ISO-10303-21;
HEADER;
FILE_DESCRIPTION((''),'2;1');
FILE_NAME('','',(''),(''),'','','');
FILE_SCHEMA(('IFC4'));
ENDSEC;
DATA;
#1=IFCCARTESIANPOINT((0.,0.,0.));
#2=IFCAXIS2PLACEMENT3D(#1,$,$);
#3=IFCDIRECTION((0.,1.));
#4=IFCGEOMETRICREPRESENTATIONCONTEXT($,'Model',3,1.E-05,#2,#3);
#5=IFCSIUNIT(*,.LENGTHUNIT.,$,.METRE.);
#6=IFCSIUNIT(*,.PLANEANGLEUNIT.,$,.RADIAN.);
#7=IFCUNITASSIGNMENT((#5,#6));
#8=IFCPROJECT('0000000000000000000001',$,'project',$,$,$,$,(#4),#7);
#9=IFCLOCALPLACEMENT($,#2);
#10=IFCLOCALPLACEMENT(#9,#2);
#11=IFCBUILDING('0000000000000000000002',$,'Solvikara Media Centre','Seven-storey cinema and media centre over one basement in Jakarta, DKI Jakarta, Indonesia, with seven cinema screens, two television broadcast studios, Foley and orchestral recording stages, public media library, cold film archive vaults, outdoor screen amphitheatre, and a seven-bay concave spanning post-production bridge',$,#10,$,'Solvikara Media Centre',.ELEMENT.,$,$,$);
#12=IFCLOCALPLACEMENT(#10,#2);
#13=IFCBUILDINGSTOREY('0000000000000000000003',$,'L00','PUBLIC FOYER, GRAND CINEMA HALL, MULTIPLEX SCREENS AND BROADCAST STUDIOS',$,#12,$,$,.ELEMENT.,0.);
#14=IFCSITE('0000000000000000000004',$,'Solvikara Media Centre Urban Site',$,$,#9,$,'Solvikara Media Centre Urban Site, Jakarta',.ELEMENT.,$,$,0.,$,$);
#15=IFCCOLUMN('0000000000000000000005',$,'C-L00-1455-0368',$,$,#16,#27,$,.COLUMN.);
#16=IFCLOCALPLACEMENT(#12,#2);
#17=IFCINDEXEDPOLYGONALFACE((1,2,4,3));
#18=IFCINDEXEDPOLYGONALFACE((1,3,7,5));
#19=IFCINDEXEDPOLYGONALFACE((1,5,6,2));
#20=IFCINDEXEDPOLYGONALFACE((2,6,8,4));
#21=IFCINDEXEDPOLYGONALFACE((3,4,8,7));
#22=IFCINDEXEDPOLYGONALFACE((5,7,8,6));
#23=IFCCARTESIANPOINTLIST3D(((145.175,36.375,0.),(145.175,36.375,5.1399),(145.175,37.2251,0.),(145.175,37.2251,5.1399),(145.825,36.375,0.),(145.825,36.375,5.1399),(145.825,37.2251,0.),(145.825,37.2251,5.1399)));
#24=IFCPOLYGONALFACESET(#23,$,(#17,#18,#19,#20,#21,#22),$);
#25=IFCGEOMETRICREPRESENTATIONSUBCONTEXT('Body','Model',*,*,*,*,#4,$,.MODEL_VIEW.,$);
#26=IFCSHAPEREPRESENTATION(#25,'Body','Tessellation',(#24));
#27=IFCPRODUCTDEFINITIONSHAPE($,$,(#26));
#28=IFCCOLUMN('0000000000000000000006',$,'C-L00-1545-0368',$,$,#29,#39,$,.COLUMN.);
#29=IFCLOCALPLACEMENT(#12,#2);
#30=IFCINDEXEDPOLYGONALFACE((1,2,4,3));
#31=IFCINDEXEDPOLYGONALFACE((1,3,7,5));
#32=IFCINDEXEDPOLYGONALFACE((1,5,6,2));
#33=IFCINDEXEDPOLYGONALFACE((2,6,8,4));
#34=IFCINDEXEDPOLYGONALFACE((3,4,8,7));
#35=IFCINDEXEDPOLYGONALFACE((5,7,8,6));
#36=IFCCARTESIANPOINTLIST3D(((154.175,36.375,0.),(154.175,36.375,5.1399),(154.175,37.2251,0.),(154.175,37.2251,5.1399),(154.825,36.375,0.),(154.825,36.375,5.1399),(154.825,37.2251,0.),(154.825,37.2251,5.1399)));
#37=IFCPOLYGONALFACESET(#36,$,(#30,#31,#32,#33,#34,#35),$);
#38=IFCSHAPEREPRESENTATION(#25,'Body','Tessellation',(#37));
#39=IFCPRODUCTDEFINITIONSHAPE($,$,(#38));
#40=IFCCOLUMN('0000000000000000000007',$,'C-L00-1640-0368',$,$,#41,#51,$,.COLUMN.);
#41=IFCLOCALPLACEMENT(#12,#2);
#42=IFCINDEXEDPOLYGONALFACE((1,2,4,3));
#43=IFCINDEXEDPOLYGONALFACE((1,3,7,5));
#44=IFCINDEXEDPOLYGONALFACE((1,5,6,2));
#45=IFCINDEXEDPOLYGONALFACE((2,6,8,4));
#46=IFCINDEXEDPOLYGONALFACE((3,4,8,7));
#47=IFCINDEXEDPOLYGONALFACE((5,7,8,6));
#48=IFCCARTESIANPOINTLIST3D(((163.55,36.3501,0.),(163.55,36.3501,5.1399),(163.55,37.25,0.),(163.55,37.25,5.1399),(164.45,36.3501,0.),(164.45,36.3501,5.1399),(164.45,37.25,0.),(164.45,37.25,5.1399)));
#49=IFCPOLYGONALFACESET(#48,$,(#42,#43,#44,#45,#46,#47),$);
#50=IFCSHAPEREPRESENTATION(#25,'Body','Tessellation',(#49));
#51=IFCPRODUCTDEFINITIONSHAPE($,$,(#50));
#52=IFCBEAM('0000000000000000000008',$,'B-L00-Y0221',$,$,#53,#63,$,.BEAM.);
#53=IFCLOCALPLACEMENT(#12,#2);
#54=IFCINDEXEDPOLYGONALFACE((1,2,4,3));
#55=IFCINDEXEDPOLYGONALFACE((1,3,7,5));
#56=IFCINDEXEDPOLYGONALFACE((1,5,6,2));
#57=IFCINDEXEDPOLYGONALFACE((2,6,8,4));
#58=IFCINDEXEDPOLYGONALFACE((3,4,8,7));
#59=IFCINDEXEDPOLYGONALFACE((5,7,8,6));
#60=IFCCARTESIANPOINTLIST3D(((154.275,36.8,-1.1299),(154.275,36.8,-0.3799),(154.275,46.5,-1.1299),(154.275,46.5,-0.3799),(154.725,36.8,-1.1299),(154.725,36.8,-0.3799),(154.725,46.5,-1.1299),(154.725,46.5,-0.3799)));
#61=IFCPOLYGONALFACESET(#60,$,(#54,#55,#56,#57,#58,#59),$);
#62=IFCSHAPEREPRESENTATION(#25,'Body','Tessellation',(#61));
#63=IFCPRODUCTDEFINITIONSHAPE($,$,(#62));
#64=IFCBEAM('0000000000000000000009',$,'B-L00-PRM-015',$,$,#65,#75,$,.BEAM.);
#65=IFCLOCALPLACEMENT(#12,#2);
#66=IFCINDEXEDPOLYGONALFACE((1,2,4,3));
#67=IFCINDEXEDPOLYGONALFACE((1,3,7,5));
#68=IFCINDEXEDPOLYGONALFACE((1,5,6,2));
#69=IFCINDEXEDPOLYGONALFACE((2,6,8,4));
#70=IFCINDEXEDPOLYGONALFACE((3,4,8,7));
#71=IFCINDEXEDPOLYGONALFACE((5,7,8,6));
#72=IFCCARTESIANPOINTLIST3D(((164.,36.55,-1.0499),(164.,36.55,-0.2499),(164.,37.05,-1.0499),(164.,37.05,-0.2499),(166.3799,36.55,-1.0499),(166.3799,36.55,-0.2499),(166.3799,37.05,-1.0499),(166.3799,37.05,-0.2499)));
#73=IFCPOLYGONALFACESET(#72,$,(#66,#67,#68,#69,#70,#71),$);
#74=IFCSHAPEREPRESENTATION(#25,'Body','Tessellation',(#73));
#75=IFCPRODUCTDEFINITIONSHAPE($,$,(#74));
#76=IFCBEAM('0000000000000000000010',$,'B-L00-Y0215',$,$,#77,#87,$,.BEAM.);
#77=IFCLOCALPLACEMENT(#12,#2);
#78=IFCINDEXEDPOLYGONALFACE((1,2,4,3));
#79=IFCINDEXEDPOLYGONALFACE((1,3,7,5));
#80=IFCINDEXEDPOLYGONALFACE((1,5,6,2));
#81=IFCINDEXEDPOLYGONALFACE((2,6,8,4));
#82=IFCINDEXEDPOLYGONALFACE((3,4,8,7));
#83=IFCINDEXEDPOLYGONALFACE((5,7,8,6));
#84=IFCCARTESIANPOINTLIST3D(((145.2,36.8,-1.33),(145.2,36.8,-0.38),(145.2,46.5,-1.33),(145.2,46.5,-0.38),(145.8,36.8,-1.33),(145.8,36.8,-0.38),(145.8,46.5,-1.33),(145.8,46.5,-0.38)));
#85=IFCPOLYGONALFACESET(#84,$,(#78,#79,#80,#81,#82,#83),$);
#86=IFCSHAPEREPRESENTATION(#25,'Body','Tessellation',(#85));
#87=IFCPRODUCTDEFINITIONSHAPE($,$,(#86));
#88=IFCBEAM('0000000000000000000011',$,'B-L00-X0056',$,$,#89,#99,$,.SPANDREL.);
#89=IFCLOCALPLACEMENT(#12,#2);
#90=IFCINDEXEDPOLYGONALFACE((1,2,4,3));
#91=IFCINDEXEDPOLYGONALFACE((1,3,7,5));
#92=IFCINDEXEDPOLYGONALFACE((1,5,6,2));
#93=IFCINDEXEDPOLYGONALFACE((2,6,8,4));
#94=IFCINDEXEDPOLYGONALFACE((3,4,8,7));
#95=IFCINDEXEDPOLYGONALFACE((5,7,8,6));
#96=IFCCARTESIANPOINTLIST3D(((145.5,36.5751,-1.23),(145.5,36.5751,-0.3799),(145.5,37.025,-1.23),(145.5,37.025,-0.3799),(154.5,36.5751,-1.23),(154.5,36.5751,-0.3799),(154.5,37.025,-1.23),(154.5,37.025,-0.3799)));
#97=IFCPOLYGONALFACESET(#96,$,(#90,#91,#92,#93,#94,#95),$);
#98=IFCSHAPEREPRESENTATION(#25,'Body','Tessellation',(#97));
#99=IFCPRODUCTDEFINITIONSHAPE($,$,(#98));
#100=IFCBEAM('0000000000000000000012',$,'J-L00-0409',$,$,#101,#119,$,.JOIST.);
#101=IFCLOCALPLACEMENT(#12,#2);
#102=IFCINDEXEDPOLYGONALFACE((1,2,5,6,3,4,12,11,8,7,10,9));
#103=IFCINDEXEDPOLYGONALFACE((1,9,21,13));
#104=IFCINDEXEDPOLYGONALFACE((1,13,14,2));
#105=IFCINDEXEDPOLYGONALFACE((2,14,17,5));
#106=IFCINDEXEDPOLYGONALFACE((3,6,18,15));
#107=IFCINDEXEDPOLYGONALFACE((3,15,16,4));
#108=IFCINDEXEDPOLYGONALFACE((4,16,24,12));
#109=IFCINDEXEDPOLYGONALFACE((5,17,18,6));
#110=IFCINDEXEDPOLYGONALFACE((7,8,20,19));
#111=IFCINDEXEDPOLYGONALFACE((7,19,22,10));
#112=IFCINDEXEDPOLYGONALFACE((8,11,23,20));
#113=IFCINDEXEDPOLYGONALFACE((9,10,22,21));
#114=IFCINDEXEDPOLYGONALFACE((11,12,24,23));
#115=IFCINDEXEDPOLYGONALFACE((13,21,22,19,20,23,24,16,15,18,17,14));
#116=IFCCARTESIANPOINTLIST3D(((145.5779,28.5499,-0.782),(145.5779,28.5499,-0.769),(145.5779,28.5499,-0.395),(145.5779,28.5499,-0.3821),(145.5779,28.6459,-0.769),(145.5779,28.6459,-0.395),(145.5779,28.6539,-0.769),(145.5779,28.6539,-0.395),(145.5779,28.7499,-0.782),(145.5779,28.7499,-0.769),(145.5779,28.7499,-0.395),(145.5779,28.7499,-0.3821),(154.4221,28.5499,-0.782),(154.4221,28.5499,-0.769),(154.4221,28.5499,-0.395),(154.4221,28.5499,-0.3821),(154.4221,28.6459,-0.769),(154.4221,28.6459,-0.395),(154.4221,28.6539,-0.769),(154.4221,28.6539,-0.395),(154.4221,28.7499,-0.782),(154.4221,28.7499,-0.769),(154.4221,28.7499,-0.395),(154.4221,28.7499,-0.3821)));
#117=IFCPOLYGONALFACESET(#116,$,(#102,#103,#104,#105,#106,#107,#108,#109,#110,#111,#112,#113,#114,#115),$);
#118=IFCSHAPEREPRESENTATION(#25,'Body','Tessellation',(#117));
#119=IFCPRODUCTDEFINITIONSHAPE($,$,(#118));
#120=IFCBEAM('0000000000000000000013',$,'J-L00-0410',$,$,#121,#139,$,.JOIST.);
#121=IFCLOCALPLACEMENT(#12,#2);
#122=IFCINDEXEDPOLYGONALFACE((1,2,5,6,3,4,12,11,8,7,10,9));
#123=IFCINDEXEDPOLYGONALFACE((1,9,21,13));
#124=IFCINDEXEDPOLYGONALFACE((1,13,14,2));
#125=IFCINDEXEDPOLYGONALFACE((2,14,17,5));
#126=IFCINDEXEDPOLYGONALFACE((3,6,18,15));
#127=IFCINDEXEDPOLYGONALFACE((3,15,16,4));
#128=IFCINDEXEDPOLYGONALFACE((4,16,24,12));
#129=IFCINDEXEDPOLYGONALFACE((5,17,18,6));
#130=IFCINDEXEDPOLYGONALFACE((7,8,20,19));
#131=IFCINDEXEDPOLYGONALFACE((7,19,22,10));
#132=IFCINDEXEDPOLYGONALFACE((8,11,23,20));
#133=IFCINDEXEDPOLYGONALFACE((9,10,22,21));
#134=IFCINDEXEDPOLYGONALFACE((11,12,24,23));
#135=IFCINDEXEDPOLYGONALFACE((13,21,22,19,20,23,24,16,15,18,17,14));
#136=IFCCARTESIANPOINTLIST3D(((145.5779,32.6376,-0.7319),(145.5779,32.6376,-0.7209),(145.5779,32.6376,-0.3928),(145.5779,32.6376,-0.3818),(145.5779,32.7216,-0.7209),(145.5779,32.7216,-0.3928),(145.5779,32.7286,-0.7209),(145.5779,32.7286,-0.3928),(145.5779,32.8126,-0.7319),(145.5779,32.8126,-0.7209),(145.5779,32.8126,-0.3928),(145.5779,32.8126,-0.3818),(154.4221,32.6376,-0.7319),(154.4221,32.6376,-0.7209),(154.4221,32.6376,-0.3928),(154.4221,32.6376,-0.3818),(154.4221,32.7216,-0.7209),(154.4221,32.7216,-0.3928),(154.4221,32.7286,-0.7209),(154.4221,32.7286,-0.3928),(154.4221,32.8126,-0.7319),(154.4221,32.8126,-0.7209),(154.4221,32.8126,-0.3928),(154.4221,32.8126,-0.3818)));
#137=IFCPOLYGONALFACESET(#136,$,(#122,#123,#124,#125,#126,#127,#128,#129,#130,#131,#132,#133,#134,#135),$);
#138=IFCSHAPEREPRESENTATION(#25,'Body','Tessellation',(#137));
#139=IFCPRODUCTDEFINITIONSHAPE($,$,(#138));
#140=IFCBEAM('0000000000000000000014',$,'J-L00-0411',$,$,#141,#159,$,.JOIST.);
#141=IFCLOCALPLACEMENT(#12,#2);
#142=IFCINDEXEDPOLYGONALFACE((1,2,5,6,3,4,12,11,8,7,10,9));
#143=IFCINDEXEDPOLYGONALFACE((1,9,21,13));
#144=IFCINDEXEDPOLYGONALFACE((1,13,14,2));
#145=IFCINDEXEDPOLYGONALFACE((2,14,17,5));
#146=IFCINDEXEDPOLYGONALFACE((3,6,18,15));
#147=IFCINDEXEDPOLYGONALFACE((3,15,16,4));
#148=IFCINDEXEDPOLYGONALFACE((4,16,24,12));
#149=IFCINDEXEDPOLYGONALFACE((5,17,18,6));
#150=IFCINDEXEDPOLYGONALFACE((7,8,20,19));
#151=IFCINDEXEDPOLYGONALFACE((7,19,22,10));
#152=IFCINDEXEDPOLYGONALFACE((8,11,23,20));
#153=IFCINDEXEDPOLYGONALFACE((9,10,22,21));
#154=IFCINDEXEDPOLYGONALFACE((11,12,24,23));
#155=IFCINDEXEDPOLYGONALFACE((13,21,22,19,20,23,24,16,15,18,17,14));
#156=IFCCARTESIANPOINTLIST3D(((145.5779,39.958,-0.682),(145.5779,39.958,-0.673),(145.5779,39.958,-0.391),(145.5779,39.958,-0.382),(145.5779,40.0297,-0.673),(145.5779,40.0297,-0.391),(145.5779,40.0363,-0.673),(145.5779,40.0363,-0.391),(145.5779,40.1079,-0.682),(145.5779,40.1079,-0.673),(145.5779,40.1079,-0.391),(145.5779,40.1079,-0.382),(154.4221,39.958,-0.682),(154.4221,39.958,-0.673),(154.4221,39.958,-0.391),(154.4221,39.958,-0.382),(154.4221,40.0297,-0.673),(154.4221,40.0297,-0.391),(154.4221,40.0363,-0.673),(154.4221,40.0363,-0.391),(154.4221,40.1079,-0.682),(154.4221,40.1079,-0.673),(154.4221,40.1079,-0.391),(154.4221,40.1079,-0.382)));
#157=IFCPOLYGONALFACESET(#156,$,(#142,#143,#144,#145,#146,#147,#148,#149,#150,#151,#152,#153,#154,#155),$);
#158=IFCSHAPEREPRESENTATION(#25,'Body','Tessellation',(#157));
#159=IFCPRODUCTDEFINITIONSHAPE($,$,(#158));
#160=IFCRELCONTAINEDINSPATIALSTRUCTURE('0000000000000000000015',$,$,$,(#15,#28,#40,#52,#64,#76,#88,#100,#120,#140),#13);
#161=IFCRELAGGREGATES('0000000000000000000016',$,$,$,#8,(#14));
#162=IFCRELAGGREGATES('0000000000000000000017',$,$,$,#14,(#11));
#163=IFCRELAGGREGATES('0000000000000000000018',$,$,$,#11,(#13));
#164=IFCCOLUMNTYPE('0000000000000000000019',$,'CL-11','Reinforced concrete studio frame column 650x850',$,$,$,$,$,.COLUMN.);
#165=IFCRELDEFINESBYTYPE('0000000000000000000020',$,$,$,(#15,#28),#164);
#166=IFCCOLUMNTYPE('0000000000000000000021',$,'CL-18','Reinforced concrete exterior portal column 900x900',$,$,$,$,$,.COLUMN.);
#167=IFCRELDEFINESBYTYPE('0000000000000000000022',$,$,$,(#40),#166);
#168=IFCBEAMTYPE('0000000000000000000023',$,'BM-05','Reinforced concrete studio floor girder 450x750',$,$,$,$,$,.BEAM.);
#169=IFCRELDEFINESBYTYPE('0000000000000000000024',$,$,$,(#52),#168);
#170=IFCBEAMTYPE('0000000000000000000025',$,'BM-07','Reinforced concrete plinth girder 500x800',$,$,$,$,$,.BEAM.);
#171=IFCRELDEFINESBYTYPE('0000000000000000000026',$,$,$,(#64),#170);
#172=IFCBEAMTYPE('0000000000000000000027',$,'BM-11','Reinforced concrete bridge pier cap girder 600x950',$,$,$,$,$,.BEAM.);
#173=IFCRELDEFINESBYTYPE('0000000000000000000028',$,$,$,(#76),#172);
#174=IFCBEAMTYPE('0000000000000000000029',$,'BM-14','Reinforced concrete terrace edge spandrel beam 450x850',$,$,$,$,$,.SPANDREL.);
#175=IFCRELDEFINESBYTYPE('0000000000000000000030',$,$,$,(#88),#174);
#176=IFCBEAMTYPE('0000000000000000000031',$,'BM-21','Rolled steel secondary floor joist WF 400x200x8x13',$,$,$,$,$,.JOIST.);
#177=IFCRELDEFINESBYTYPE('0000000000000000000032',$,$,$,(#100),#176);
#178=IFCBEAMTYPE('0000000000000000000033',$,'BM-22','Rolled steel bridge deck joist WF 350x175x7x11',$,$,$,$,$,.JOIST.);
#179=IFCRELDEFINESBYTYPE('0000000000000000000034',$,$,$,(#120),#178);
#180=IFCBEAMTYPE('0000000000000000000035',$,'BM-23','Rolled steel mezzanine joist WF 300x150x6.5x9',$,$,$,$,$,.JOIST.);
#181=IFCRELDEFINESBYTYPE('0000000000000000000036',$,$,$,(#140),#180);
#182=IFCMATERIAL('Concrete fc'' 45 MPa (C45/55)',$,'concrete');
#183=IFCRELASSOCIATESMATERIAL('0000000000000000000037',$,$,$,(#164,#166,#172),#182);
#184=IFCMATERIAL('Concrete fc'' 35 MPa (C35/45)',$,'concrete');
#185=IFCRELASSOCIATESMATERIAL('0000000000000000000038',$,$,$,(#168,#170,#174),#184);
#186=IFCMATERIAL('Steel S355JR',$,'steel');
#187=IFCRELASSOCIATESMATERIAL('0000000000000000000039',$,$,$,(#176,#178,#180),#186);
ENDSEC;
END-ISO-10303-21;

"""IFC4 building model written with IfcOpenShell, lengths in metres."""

from ifc_helpers import new_model, si_unit, direction, frame, origin, origin_2d, place, context, subcontext, project, spatial, rectangle, i_section, extrude, material, material_profile, profile_set, type_object, element, save


model = new_model("IFC4")

# Units and contexts
model_context = context("Model", 3, precision=1e-05, world=origin(), true_north=direction((0.0, 1.0)))
body_context = subcontext(model_context, "Body", "Model", "MODEL_VIEW")
ifc_project = project(units=[si_unit("LENGTHUNIT", "METRE"), si_unit("PLANEANGLEUNIT", "RADIAN")], contexts=[model_context])

# Site, building, storey
site_placement = place(None, origin())
site = spatial("IfcSite", under=ifc_project, at=site_placement, Name="Solvikara Media Centre Urban Site", LongName="Solvikara Media Centre Urban Site, Jakarta", CompositionType="ELEMENT", RefElevation=0.0)
building_placement = place(site_placement, origin())
building = spatial("IfcBuilding", under=site, at=building_placement, Name="Solvikara Media Centre", Description="Seven-storey cinema and media centre over one basement in Jakarta, DKI Jakarta, Indonesia, with seven cinema screens, two television broadcast studios, Foley and orchestral recording stages, public media library, cold film archive vaults, outdoor screen amphitheatre, and a seven-bay concave spanning post-production bridge", LongName="Solvikara Media Centre", CompositionType="ELEMENT")
storey_placement = place(building_placement, origin())
storey = spatial("IfcBuildingStorey", under=building, at=storey_placement, Name="L00", Description="PUBLIC FOYER, GRAND CINEMA HALL, MULTIPLEX SCREENS AND BROADCAST STUDIOS", CompositionType="ELEMENT", Elevation=0.0)

# Columns
ifc_material_1 = material(Name="Concrete fc' 45 MPa (C45/55)", Category="concrete")
ifc_material_profile_1 = material_profile(ifc_material_1, rectangle(XDim=0.6499, YDim=0.8501, at=origin_2d()), Name="RC 650x850")
ifc_profile_set_1 = profile_set([ifc_material_profile_1], Name="Concrete fc' 45 MPa (C45/55)")
column_type_1 = type_object("IfcColumnType", Name="CL-11", Description="Reinforced concrete studio frame column 650x850", PredefinedType="COLUMN", material=ifc_profile_set_1)
for number, where, z_axis, x_axis, name in (
    (1, (145.5, 36.8, 0.0), (0.0, 0.0, 1.0), (1.0, 0.0, 0.0), "C-L00-1455-0368"),
    (2, (154.5, 36.8, 0.0), (0.0, 0.0, 1.0), (1.0, 0.0, 0.0), "C-L00-1545-0368"),
):
    element("IfcColumn", number, at=place(storey_placement, frame(where, z_axis=z_axis, x_axis=x_axis)), inside=storey, type_object=column_type_1, Name=name, PredefinedType="COLUMN", context=body_context, shape_type="SweptSolid", body=[
        extrude(rectangle(XDim=0.6499, YDim=0.8501, at=origin_2d()), origin(), (0.0, 0.0, 1.0), 5.1399),
    ])
ifc_material_profile_2 = material_profile(ifc_material_1, rectangle(XDim=0.8999, YDim=0.8999, at=origin_2d()), Name="RC 900x900")
ifc_profile_set_2 = profile_set([ifc_material_profile_2], Name="Concrete fc' 45 MPa (C45/55)")
column_type_2 = type_object("IfcColumnType", Name="CL-18", Description="Reinforced concrete exterior portal column 900x900", PredefinedType="COLUMN", material=ifc_profile_set_2)
column_placement = place(storey_placement, frame((164.0, 36.8, 0.0), z_axis=(0.0, 0.0, 1.0), x_axis=(1.0, 0.0, 0.0)))
element("IfcColumn", 3, at=column_placement, inside=storey, type_object=column_type_2, Name="C-L00-1640-0368", PredefinedType="COLUMN", context=body_context, shape_type="SweptSolid", body=[
    extrude(rectangle(XDim=0.8999, YDim=0.8999, at=origin_2d()), origin(), (0.0, 0.0, 1.0), 5.1399),
])

# Beams
ifc_material_2 = material(Name="Concrete fc' 35 MPa (C35/45)", Category="concrete")
ifc_material_profile_3 = material_profile(ifc_material_2, rectangle(XDim=0.45, YDim=0.75, at=origin_2d()), Name="RC 450x750")
ifc_profile_set_3 = profile_set([ifc_material_profile_3], Name="Concrete fc' 35 MPa (C35/45)")
beam_type_1 = type_object("IfcBeamType", Name="BM-05", Description="Reinforced concrete studio floor girder 450x750", PredefinedType="BEAM", material=ifc_profile_set_3)
beam_1_placement = place(storey_placement, frame((154.5, 36.8, -0.7549), z_axis=(0.0, 1.0, 0.0), x_axis=(-1.0, 0.0, 0.0)))
element("IfcBeam", 4, at=beam_1_placement, inside=storey, type_object=beam_type_1, Name="B-L00-Y0221", PredefinedType="BEAM", context=body_context, shape_type="SweptSolid", body=[
    extrude(rectangle(XDim=0.45, YDim=0.75, at=origin_2d()), origin(), (0.0, 0.0, 1.0), 9.7),
])
ifc_material_profile_4 = material_profile(ifc_material_2, rectangle(XDim=0.5, YDim=0.8, at=origin_2d()), Name="RC 500x800")
ifc_profile_set_4 = profile_set([ifc_material_profile_4], Name="Concrete fc' 35 MPa (C35/45)")
beam_type_2 = type_object("IfcBeamType", Name="BM-07", Description="Reinforced concrete plinth girder 500x800", PredefinedType="BEAM", material=ifc_profile_set_4)
beam_2_placement = place(storey_placement, frame((164.0, 36.8, -0.6499), z_axis=(1.0, 0.0, 0.0), x_axis=(0.0, 1.0, 0.0)))
element("IfcBeam", 5, at=beam_2_placement, inside=storey, type_object=beam_type_2, Name="B-L00-PRM-015", PredefinedType="BEAM", context=body_context, shape_type="SweptSolid", body=[
    extrude(rectangle(XDim=0.5, YDim=0.8, at=origin_2d()), origin(), (0.0, 0.0, 1.0), 2.3799),
])
ifc_material_profile_5 = material_profile(ifc_material_1, rectangle(XDim=0.6001, YDim=0.95, at=origin_2d()), Name="RC 600x950")
ifc_profile_set_5 = profile_set([ifc_material_profile_5], Name="Concrete fc' 45 MPa (C45/55)")
beam_type_3 = type_object("IfcBeamType", Name="BM-11", Description="Reinforced concrete bridge pier cap girder 600x950", PredefinedType="BEAM", material=ifc_profile_set_5)
beam_3_placement = place(storey_placement, frame((145.5, 36.8, -0.855), z_axis=(0.0, 1.0, 0.0), x_axis=(-1.0, 0.0, 0.0)))
element("IfcBeam", 6, at=beam_3_placement, inside=storey, type_object=beam_type_3, Name="B-L00-Y0215", PredefinedType="BEAM", context=body_context, shape_type="SweptSolid", body=[
    extrude(rectangle(XDim=0.6001, YDim=0.95, at=origin_2d()), origin(), (0.0, 0.0, 1.0), 9.7),
])
ifc_material_profile_6 = material_profile(ifc_material_2, rectangle(XDim=0.45, YDim=0.8501, at=origin_2d()), Name="RC 450x850")
ifc_profile_set_6 = profile_set([ifc_material_profile_6], Name="Concrete fc' 35 MPa (C35/45)")
beam_type_4 = type_object("IfcBeamType", Name="BM-14", Description="Reinforced concrete terrace edge spandrel beam 450x850", PredefinedType="SPANDREL", material=ifc_profile_set_6)
beam_4_placement = place(storey_placement, frame((145.5, 36.8, -0.8049), z_axis=(1.0, 0.0, 0.0), x_axis=(0.0, 1.0, 0.0)))
element("IfcBeam", 7, at=beam_4_placement, inside=storey, type_object=beam_type_4, Name="B-L00-X0056", PredefinedType="SPANDREL", context=body_context, shape_type="SweptSolid", body=[
    extrude(rectangle(XDim=0.45, YDim=0.8501, at=origin_2d()), origin(), (0.0, 0.0, 1.0), 9.0),
])
ifc_material_3 = material(Name="Steel S355JR", Category="steel")
ifc_material_profile_7 = material_profile(ifc_material_3, i_section(OverallWidth=0.2, OverallDepth=0.3999, WebThickness=0.0081, FlangeThickness=0.0129, at=origin_2d()), Name="WF 400x200x8x13")
ifc_profile_set_7 = profile_set([ifc_material_profile_7], Name="Steel S355JR")
beam_type_5 = type_object("IfcBeamType", Name="BM-21", Description="Rolled steel secondary floor joist WF 400x200x8x13", PredefinedType="JOIST", material=ifc_profile_set_7)
beam_5_placement = place(storey_placement, frame((145.5779, 28.6499, -0.582), z_axis=(1.0, 0.0, 0.0), x_axis=(0.0, 1.0, 0.0)))
element("IfcBeam", 8, at=beam_5_placement, inside=storey, type_object=beam_type_5, Name="J-L00-0409", PredefinedType="JOIST", context=body_context, shape_type="SweptSolid", body=[
    extrude(i_section(OverallWidth=0.2, OverallDepth=0.3999, WebThickness=0.0081, FlangeThickness=0.0129, at=origin_2d()), origin(), (0.0, 0.0, 1.0), 8.8442),
])
ifc_material_profile_8 = material_profile(ifc_material_3, i_section(OverallWidth=0.175, OverallDepth=0.3501, WebThickness=0.0071, FlangeThickness=0.011, at=origin_2d()), Name="WF 350x175x7x11")
ifc_profile_set_8 = profile_set([ifc_material_profile_8], Name="Steel S355JR")
beam_type_6 = type_object("IfcBeamType", Name="BM-22", Description="Rolled steel bridge deck joist WF 350x175x7x11", PredefinedType="JOIST", material=ifc_profile_set_8)
beam_6_placement = place(storey_placement, frame((145.5779, 32.7251, -0.5569), z_axis=(1.0, 0.0, 0.0), x_axis=(0.0, 1.0, 0.0)))
element("IfcBeam", 9, at=beam_6_placement, inside=storey, type_object=beam_type_6, Name="J-L00-0410", PredefinedType="JOIST", context=body_context, shape_type="SweptSolid", body=[
    extrude(i_section(OverallWidth=0.175, OverallDepth=0.3501, WebThickness=0.0071, FlangeThickness=0.011, at=origin_2d()), origin(), (0.0, 0.0, 1.0), 8.8442),
])
ifc_material_profile_9 = material_profile(ifc_material_3, i_section(OverallWidth=0.1499, OverallDepth=0.3, WebThickness=0.0066, FlangeThickness=0.009, at=origin_2d()), Name="WF 300x150x6.5x9")
ifc_profile_set_9 = profile_set([ifc_material_profile_9], Name="Steel S355JR")
beam_type_7 = type_object("IfcBeamType", Name="BM-23", Description="Rolled steel mezzanine joist WF 300x150x6.5x9", PredefinedType="JOIST", material=ifc_profile_set_9)
beam_7_placement = place(storey_placement, frame((145.5779, 40.033, -0.532), z_axis=(1.0, 0.0, 0.0), x_axis=(0.0, 1.0, 0.0)))
element("IfcBeam", 10, at=beam_7_placement, inside=storey, type_object=beam_type_7, Name="J-L00-0411", PredefinedType="JOIST", context=body_context, shape_type="SweptSolid", body=[
    extrude(i_section(OverallWidth=0.1499, OverallDepth=0.3, WebThickness=0.0066, FlangeThickness=0.009, at=origin_2d()), origin(), (0.0, 0.0, 1.0), 8.8442),
])

save(model, "model.ifc")
